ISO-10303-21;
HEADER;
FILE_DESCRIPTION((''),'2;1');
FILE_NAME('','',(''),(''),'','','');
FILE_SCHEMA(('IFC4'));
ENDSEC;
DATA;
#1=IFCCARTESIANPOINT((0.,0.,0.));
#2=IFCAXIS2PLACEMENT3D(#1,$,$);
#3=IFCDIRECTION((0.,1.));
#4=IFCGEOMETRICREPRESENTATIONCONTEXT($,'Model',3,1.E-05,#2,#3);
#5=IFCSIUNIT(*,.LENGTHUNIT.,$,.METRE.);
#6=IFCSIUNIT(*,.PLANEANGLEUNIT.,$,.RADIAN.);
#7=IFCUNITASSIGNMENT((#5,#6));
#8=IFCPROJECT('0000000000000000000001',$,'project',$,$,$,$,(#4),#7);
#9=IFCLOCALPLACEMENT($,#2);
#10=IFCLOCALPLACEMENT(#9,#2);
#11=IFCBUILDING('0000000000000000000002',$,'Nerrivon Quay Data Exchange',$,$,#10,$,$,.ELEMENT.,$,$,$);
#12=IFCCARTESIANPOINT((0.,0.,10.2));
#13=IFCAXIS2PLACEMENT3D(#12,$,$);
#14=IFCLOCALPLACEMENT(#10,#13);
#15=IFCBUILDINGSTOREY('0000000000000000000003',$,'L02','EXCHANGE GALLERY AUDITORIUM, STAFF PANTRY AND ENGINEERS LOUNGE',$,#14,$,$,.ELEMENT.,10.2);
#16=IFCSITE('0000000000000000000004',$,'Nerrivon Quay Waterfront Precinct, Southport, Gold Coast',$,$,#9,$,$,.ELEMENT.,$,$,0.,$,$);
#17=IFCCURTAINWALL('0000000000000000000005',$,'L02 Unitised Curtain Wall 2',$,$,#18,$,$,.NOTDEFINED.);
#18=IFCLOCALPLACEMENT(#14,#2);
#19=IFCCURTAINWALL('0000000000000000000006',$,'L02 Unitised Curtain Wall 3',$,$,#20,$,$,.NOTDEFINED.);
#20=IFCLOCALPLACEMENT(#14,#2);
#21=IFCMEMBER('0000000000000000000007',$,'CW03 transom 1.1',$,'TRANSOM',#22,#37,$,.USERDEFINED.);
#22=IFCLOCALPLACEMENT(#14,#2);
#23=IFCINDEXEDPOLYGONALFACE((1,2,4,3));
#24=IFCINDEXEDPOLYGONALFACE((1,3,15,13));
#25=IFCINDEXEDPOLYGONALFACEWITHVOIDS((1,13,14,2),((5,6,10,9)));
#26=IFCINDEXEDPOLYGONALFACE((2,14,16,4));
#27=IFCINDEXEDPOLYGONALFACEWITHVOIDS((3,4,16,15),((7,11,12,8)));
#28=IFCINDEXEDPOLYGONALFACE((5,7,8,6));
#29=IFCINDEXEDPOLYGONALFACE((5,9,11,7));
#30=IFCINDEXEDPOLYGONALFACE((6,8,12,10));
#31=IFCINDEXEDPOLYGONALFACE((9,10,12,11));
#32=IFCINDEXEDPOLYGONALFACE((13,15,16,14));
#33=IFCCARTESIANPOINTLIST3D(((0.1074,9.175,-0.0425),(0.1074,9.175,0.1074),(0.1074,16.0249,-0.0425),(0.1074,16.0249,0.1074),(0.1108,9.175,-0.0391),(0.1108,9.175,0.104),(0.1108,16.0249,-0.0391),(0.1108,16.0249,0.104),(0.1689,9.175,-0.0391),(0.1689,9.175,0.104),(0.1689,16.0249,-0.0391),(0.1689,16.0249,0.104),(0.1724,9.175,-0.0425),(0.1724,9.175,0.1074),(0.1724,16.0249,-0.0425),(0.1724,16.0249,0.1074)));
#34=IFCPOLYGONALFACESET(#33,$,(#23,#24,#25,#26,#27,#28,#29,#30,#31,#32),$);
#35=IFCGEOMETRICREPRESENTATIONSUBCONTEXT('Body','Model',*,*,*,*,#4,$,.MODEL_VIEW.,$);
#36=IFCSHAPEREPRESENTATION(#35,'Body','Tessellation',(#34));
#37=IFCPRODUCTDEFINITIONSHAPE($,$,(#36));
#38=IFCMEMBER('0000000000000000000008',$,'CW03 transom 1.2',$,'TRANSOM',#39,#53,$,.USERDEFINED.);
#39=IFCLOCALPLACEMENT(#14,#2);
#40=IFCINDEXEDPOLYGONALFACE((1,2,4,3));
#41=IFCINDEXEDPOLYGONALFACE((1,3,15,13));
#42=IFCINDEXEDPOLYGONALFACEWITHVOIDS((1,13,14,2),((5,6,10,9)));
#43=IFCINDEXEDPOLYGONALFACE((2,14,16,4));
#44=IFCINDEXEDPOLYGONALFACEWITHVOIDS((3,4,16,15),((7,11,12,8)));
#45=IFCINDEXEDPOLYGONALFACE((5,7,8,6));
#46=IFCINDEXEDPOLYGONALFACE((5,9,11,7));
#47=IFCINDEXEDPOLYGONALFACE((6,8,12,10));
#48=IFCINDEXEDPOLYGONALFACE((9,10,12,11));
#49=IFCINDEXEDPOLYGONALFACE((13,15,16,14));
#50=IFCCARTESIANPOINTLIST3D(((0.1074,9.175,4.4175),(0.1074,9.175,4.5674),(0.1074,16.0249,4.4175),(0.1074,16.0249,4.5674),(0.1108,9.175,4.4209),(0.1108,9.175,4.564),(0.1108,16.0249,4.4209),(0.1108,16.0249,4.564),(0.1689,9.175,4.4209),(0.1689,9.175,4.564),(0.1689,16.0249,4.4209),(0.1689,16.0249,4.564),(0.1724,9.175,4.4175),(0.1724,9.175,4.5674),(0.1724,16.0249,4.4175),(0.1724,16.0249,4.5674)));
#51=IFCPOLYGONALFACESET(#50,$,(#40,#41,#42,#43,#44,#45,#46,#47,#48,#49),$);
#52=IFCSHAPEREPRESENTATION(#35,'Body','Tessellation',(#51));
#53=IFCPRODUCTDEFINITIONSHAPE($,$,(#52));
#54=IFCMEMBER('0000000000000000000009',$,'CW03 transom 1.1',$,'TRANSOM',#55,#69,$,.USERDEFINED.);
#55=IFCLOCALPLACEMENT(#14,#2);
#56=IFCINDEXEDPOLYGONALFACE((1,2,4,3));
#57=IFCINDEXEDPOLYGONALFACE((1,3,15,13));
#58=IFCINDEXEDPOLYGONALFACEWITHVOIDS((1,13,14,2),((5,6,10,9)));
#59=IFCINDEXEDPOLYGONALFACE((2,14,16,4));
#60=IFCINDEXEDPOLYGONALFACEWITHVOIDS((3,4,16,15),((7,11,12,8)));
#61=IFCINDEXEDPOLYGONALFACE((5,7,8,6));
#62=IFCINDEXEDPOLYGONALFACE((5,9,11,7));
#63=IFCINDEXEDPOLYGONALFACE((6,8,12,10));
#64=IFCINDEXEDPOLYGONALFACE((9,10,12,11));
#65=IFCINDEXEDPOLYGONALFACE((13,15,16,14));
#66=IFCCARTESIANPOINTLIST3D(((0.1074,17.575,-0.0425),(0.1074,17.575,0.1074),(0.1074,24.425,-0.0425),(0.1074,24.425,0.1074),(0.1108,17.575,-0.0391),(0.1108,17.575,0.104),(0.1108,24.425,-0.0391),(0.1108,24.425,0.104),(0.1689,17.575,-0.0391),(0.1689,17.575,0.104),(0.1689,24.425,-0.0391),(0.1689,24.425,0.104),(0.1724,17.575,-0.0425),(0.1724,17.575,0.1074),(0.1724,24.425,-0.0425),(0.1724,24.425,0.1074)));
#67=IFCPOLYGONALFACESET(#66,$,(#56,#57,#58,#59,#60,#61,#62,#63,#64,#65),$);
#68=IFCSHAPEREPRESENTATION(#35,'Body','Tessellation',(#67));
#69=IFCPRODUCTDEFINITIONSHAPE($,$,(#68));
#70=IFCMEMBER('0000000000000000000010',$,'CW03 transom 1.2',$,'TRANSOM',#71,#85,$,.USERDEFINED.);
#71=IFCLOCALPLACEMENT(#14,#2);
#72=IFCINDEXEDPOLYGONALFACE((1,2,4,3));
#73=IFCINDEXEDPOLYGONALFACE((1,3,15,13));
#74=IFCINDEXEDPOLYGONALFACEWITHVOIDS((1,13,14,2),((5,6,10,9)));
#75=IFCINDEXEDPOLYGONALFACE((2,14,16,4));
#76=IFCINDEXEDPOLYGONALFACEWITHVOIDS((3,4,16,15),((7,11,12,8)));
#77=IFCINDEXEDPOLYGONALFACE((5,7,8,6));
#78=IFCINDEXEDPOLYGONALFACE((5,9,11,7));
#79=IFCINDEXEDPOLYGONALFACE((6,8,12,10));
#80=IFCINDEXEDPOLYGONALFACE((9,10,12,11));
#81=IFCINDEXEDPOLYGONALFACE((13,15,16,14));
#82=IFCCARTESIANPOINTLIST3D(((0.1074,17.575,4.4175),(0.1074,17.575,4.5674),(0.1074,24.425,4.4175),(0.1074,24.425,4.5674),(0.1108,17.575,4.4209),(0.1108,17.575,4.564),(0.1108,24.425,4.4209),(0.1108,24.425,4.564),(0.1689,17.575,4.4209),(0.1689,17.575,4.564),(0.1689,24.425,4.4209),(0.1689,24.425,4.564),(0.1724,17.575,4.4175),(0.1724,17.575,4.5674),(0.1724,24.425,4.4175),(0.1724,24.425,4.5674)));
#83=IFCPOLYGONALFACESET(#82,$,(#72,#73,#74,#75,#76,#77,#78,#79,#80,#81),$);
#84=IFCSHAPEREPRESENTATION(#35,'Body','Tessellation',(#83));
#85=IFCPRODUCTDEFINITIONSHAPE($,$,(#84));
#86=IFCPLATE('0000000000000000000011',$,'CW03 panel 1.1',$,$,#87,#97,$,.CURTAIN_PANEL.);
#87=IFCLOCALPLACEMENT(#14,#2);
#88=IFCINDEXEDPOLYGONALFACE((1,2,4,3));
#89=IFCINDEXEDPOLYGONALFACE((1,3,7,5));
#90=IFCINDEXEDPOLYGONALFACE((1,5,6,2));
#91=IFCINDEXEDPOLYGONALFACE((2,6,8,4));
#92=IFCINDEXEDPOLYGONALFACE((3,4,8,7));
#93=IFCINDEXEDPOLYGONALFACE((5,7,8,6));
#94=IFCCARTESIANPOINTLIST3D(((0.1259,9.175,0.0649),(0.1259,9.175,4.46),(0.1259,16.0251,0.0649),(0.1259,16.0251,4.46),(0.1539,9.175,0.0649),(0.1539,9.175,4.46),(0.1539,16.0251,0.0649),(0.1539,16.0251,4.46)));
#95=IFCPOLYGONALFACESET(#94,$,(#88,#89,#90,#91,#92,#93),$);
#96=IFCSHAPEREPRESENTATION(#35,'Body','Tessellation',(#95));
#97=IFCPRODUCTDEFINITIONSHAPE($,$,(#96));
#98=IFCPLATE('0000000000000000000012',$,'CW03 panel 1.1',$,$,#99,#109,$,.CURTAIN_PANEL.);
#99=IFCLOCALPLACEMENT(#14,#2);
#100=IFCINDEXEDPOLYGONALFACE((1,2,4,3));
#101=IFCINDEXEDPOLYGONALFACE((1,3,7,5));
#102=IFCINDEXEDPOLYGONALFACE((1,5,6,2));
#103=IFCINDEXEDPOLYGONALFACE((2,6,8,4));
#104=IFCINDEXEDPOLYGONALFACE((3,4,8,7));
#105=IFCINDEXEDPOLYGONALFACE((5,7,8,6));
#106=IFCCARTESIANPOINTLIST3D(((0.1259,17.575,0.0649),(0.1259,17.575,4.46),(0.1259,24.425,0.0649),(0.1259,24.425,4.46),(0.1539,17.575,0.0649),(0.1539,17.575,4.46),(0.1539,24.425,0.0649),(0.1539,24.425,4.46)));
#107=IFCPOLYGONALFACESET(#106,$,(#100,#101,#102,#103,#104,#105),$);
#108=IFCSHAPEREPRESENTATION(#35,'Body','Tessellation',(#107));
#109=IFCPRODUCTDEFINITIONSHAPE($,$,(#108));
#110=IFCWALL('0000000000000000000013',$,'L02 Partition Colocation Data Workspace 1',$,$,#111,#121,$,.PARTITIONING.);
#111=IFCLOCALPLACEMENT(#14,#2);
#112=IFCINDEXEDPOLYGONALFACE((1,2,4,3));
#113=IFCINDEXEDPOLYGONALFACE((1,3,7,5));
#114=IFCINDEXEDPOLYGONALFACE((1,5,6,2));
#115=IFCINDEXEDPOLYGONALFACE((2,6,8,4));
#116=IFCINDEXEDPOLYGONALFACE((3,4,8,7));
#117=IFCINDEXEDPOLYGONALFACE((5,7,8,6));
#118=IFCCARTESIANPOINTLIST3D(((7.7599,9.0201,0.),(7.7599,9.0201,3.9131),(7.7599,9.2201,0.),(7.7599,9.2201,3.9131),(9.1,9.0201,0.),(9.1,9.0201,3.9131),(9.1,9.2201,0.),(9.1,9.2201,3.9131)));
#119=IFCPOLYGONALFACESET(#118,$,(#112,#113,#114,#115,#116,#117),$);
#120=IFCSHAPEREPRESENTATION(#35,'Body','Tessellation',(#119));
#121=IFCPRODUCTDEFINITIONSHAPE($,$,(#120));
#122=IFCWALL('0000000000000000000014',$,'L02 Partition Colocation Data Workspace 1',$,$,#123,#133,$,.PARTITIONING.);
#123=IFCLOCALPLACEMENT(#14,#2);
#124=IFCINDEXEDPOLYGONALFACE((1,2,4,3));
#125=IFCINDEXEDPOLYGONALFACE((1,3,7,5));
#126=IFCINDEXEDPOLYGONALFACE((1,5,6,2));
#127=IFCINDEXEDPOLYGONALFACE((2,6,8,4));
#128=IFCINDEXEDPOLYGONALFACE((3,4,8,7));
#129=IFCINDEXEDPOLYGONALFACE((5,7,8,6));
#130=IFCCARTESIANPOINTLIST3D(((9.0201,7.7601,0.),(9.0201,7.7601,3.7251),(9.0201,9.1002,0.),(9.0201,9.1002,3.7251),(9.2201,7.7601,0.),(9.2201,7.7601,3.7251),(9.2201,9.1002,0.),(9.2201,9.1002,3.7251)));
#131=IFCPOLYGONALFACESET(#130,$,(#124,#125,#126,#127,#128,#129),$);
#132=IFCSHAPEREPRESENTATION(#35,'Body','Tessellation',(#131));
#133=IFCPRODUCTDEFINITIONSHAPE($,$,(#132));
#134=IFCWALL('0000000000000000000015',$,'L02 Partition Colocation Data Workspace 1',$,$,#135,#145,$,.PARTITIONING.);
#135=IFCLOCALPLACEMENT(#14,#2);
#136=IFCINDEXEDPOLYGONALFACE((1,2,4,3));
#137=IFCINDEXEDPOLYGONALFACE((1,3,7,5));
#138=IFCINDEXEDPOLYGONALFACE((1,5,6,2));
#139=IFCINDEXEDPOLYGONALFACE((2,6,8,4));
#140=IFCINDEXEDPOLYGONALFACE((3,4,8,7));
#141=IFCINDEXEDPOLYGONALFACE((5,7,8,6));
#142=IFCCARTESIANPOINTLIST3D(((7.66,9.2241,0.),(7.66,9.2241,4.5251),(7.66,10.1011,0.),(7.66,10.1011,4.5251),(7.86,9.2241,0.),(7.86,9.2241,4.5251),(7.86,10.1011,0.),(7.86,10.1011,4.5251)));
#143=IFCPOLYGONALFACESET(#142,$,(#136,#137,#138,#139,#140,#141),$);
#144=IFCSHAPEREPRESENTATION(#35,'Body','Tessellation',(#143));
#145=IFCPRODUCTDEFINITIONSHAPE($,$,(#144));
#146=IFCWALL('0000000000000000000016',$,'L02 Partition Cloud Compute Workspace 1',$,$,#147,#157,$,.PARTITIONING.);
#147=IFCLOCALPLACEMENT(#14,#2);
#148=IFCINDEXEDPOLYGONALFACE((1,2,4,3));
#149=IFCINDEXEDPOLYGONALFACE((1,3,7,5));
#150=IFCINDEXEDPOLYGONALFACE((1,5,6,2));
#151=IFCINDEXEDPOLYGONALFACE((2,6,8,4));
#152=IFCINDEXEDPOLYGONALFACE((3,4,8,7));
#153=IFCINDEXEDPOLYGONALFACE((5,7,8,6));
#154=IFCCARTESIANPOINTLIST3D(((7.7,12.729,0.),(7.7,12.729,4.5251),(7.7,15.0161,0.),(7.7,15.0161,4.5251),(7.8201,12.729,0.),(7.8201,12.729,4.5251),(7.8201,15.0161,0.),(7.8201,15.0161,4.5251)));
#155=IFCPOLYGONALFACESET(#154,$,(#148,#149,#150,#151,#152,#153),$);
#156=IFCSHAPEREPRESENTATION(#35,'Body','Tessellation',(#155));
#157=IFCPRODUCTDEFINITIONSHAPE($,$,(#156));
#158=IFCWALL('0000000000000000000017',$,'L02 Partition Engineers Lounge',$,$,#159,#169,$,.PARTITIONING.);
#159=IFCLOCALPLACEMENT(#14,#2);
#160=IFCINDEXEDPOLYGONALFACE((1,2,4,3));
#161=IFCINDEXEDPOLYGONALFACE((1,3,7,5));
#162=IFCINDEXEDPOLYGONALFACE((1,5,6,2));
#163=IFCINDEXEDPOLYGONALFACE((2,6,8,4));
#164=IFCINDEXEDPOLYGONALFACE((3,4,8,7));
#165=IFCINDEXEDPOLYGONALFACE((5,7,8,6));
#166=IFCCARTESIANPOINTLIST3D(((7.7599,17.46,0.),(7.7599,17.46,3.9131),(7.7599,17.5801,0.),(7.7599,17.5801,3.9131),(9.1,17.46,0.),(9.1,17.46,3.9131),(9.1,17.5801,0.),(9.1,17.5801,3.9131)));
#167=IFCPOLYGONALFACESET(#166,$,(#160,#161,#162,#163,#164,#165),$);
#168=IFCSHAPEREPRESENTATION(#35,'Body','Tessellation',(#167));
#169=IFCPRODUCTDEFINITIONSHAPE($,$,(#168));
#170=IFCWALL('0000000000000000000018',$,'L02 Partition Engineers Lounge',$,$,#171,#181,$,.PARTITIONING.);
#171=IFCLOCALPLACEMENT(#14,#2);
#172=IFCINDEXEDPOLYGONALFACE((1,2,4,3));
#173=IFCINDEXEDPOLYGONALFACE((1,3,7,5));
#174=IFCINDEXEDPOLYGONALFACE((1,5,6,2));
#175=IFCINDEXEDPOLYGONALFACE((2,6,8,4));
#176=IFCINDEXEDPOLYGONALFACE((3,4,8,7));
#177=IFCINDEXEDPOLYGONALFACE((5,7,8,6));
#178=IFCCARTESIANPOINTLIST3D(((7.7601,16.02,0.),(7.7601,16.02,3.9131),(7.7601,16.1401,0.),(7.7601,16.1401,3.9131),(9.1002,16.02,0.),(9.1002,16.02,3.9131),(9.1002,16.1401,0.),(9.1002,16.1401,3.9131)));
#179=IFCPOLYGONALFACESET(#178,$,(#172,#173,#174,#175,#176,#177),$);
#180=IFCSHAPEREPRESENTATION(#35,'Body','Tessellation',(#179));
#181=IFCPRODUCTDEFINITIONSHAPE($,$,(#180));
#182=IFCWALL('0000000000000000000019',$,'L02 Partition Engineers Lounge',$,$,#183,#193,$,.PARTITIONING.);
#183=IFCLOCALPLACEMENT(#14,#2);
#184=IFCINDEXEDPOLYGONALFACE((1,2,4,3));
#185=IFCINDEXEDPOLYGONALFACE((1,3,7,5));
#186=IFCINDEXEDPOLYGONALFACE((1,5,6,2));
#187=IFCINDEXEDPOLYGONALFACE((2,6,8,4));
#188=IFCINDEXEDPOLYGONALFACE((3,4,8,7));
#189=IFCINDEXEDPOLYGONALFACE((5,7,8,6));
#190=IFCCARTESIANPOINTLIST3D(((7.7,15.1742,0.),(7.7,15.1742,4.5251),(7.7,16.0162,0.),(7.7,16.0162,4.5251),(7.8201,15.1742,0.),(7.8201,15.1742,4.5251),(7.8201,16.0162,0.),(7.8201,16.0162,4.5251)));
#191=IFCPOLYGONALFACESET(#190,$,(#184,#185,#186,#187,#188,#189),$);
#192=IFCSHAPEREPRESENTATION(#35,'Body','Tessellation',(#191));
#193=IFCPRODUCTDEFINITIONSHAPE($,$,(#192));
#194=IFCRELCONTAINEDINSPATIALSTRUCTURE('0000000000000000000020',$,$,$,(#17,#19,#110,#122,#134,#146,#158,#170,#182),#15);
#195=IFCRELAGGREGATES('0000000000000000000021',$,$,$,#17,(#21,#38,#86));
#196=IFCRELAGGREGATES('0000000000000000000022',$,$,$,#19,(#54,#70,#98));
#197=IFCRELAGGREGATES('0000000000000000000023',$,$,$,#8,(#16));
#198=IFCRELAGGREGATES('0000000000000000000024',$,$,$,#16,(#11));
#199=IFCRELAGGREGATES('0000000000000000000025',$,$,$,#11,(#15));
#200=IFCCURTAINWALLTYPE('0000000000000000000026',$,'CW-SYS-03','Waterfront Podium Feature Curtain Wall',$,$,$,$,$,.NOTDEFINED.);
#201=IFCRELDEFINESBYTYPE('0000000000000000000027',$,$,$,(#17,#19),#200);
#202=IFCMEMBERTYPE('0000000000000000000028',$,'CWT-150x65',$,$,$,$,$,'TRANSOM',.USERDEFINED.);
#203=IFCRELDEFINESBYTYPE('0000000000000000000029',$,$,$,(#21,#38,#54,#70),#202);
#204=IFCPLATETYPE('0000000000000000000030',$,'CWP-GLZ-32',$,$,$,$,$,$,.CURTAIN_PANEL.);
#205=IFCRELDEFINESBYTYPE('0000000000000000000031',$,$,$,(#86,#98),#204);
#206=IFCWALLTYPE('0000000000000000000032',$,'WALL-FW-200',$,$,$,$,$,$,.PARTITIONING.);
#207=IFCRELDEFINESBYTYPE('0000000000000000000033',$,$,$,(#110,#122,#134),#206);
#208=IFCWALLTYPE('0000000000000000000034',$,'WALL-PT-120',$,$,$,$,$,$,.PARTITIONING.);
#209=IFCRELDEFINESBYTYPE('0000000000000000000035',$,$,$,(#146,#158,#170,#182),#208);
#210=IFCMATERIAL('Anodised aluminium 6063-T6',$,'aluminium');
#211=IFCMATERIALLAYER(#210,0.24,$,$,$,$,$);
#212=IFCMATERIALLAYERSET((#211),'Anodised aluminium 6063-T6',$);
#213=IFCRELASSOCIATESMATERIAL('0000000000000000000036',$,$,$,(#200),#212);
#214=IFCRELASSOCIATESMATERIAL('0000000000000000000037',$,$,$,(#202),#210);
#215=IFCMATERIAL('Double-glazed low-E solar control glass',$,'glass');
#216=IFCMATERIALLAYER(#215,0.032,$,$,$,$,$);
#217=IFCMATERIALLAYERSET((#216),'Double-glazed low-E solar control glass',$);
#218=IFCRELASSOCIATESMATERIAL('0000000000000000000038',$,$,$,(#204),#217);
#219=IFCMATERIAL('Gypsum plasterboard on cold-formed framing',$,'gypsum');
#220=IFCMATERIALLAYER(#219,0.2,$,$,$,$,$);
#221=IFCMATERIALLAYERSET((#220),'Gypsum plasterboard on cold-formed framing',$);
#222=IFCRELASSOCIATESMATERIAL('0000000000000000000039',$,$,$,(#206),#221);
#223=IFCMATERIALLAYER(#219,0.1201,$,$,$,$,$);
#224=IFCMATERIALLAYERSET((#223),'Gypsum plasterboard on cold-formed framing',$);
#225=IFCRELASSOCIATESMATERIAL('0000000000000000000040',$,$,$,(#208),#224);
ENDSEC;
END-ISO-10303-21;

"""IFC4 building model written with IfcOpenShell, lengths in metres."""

from ifc_helpers import new_model, si_unit, direction, frame, frame_2d, origin, origin_2d, place, context, subcontext, project, spatial, rectangle, hollow_rectangle, extrude, material, layer, layer_set, material_profile, profile_set, type_object, element, aggregate, save


model = new_model("IFC4")

# Units and contexts
model_context = context("Model", 3, precision=1e-05, world=origin(), true_north=direction((0.0, 1.0)))
body_context = subcontext(model_context, "Body", "Model", "MODEL_VIEW")
ifc_project = project(units=[si_unit("LENGTHUNIT", "METRE"), si_unit("PLANEANGLEUNIT", "RADIAN")], contexts=[model_context])

# Site, building, storey
site_placement = place(None, origin())
site = spatial("IfcSite", under=ifc_project, at=site_placement, Name="Nerrivon Quay Waterfront Precinct, Southport, Gold Coast", CompositionType="ELEMENT", RefElevation=0.0)
building_placement = place(site_placement, origin())
building = spatial("IfcBuilding", under=site, at=building_placement, Name="Nerrivon Quay Data Exchange", CompositionType="ELEMENT")
storey_placement = place(building_placement, frame((0.0, 0.0, 10.2)))
storey = spatial("IfcBuildingStorey", under=building, at=storey_placement, Name="L02", Description="EXCHANGE GALLERY AUDITORIUM, STAFF PANTRY AND ENGINEERS LOUNGE", CompositionType="ELEMENT", Elevation=10.2)

# Curtain wall
ifc_material_1 = material(Name="Anodised aluminium 6063-T6", Category="aluminium")
ifc_layer_1 = layer(ifc_material_1, 0.24)
ifc_layer_set_1 = layer_set([ifc_layer_1], Name="Anodised aluminium 6063-T6")
curtain_wall_type = type_object("IfcCurtainWallType", Name="CW-SYS-03", Description="Waterfront Podium Feature Curtain Wall", PredefinedType="NOTDEFINED", material=ifc_layer_set_1)
curtain_wall_1_placement = place(storey_placement, origin())
curtain_wall_1 = element("IfcCurtainWall", 1, at=curtain_wall_1_placement, inside=storey, type_object=curtain_wall_type, Name="L02 Unitised Curtain Wall 2", PredefinedType="NOTDEFINED")

# Curtain wall
curtain_wall_2_placement = place(storey_placement, origin())
curtain_wall_2 = element("IfcCurtainWall", 2, at=curtain_wall_2_placement, inside=storey, type_object=curtain_wall_type, Name="L02 Unitised Curtain Wall 3", PredefinedType="NOTDEFINED")

# Members
ifc_material_profile_1 = material_profile(ifc_material_1, hollow_rectangle(XDim=0.0649, YDim=0.1499, WallThickness=0.0034, at=origin_2d()), Name="ALU-TRAN-150x65")
ifc_profile_set_1 = profile_set([ifc_material_profile_1], Name="Anodised aluminium 6063-T6")
member_type_1 = type_object("IfcMemberType", Name="CWT-150x65", ElementType="TRANSOM", PredefinedType="USERDEFINED", material=ifc_profile_set_1)
member_1_placement = place(storey_placement, frame((0.1399, 9.175, 0.0325), z_axis=(0.0, 1.0, 0.0), x_axis=(-1.0, 0.0, 0.0)))
member_1 = element("IfcMember", 3, at=member_1_placement, type_object=member_type_1, Name="CW03 transom 1.1", ObjectType="TRANSOM", PredefinedType="USERDEFINED", context=body_context, shape_type="SweptSolid", body=[
    extrude(hollow_rectangle(XDim=0.0649, YDim=0.1499, WallThickness=0.0034, at=origin_2d()), origin(), (0.0, 0.0, 1.0), 6.8499),
])
member_2_placement = place(storey_placement, frame((0.1399, 9.175, 4.4924), z_axis=(0.0, 1.0, 0.0), x_axis=(-1.0, 0.0, 0.0)))
member_2 = element("IfcMember", 4, at=member_2_placement, type_object=member_type_1, Name="CW03 transom 1.2", ObjectType="TRANSOM", PredefinedType="USERDEFINED", context=body_context, shape_type="SweptSolid", body=[
    extrude(hollow_rectangle(XDim=0.0649, YDim=0.1499, WallThickness=0.0034, at=origin_2d()), origin(), (0.0, 0.0, 1.0), 6.8499),
])
member_3_placement = place(storey_placement, frame((0.1399, 17.575, 0.0325), z_axis=(0.0, 1.0, 0.0), x_axis=(-1.0, 0.0, 0.0)))
member_3 = element("IfcMember", 5, at=member_3_placement, type_object=member_type_1, Name="CW03 transom 1.1", ObjectType="TRANSOM", PredefinedType="USERDEFINED", context=body_context, shape_type="SweptSolid", body=[
    extrude(hollow_rectangle(XDim=0.0649, YDim=0.1499, WallThickness=0.0034, at=origin_2d()), origin(), (0.0, 0.0, 1.0), 6.8501),
])
member_4_placement = place(storey_placement, frame((0.1399, 17.575, 4.4924), z_axis=(0.0, 1.0, 0.0), x_axis=(-1.0, 0.0, 0.0)))
member_4 = element("IfcMember", 6, at=member_4_placement, type_object=member_type_1, Name="CW03 transom 1.2", ObjectType="TRANSOM", PredefinedType="USERDEFINED", context=body_context, shape_type="SweptSolid", body=[
    extrude(hollow_rectangle(XDim=0.0649, YDim=0.1499, WallThickness=0.0034, at=origin_2d()), origin(), (0.0, 0.0, 1.0), 6.8501),
])

# Plates
ifc_material_2 = material(Name="Double-glazed low-E solar control glass", Category="glass")
ifc_layer_2 = layer(ifc_material_2, 0.032)
ifc_layer_set_2 = layer_set([ifc_layer_2], Name="Double-glazed low-E solar control glass")
plate_type = type_object("IfcPlateType", Name="CWP-GLZ-32", PredefinedType="CURTAIN_PANEL", material=ifc_layer_set_2)
plate_1_placement = place(storey_placement, frame((0.1399, 12.6001, 0.0649), z_axis=(0.0, 0.0, 1.0), x_axis=(0.0, 1.0, 0.0)))
plate_1 = element("IfcPlate", 7, at=plate_1_placement, type_object=plate_type, Name="CW03 panel 1.1", PredefinedType="CURTAIN_PANEL", context=body_context, shape_type="SweptSolid", body=[
    extrude(rectangle(XDim=6.8501, YDim=0.0281, at=origin_2d()), origin(), (0.0, 0.0, 1.0), 4.395),
])
aggregate(curtain_wall_1, [member_1, member_2, plate_1])
plate_2_placement = place(storey_placement, frame((0.1399, 21.0, 0.0649), z_axis=(0.0, 0.0, 1.0), x_axis=(0.0, 1.0, 0.0)))
plate_2 = element("IfcPlate", 8, at=plate_2_placement, type_object=plate_type, Name="CW03 panel 1.1", PredefinedType="CURTAIN_PANEL", context=body_context, shape_type="SweptSolid", body=[
    extrude(rectangle(XDim=6.8501, YDim=0.0281, at=origin_2d()), origin(), (0.0, 0.0, 1.0), 4.395),
])
aggregate(curtain_wall_2, [member_3, member_4, plate_2])

# Walls
ifc_material_3 = material(Name="Gypsum plasterboard on cold-formed framing", Category="gypsum")
ifc_layer_3 = layer(ifc_material_3, 0.2)
ifc_layer_set_3 = layer_set([ifc_layer_3], Name="Gypsum plasterboard on cold-formed framing")
wall_type_1 = type_object("IfcWallType", Name="WALL-FW-200", PredefinedType="PARTITIONING", material=ifc_layer_set_3)
wall_1_placement = place(storey_placement, frame((7.76, 9.1201, 0.0), z_axis=(0.0, 0.0, 1.0), x_axis=(1.0, 0.0, 0.0)))
element("IfcWall", 9, at=wall_1_placement, inside=storey, type_object=wall_type_1, Name="L02 Partition Colocation Data Workspace 1", PredefinedType="PARTITIONING", context=body_context, shape_type="SweptSolid", body=[
    extrude(rectangle(XDim=1.3401, YDim=0.2, at=frame_2d((0.6699, 0.0))), origin(), (0.0, 0.0, 1.0), 3.9131),
])
wall_2_placement = place(storey_placement, frame((9.1201, 9.1001, 0.0), z_axis=(0.0, 0.0, 1.0), x_axis=(0.0, -1.0, 0.0)))
element("IfcWall", 10, at=wall_2_placement, inside=storey, type_object=wall_type_1, Name="L02 Partition Colocation Data Workspace 1", PredefinedType="PARTITIONING", context=body_context, shape_type="SweptSolid", body=[
    extrude(rectangle(XDim=1.3401, YDim=0.2, at=frame_2d((0.6699, 0.0))), origin(), (0.0, 0.0, 1.0), 3.7251),
])
wall_3_placement = place(storey_placement, frame((7.76, 10.1011, 0.0), z_axis=(0.0, 0.0, 1.0), x_axis=(0.0, -1.0, 0.0)))
element("IfcWall", 11, at=wall_3_placement, inside=storey, type_object=wall_type_1, Name="L02 Partition Colocation Data Workspace 1", PredefinedType="PARTITIONING", context=body_context, shape_type="SweptSolid", body=[
    extrude(rectangle(XDim=0.877, YDim=0.2, at=frame_2d((0.4385, 0.0))), origin(), (0.0, 0.0, 1.0), 4.5251),
])
ifc_layer_4 = layer(ifc_material_3, 0.1201)
ifc_layer_set_4 = layer_set([ifc_layer_4], Name="Gypsum plasterboard on cold-formed framing")
wall_type_2 = type_object("IfcWallType", Name="WALL-PT-120", PredefinedType="PARTITIONING", material=ifc_layer_set_4)
wall_4_placement = place(storey_placement, frame((7.76, 15.0161, 0.0), z_axis=(0.0, 0.0, 1.0), x_axis=(0.0, -1.0, 0.0)))
element("IfcWall", 12, at=wall_4_placement, inside=storey, type_object=wall_type_2, Name="L02 Partition Cloud Compute Workspace 1", PredefinedType="PARTITIONING", context=body_context, shape_type="SweptSolid", body=[
    extrude(rectangle(XDim=2.2871, YDim=0.1201, at=frame_2d((1.1436, 0.0))), origin(), (0.0, 0.0, 1.0), 4.5251),
])
for number, where, z_axis, x_axis, name in (
    (13, (7.76, 17.52, 0.0), (0.0, 0.0, 1.0), (1.0, 0.0, 0.0), "L02 Partition Engineers Lounge"),
    (14, (9.1001, 16.0801, 0.0), (0.0, 0.0, 1.0), (-1.0, 0.0, 0.0), "L02 Partition Engineers Lounge"),
):
    element("IfcWall", number, at=place(storey_placement, frame(where, z_axis=z_axis, x_axis=x_axis)), inside=storey, type_object=wall_type_2, Name=name, PredefinedType="PARTITIONING", context=body_context, shape_type="SweptSolid", body=[
        extrude(rectangle(XDim=1.3401, YDim=0.1201, at=frame_2d((0.6699, 0.0))), origin(), (0.0, 0.0, 1.0), 3.9131),
    ])
wall_5_placement = place(storey_placement, frame((7.76, 16.0161, 0.0), z_axis=(0.0, 0.0, 1.0), x_axis=(0.0, -1.0, 0.0)))
element("IfcWall", 15, at=wall_5_placement, inside=storey, type_object=wall_type_2, Name="L02 Partition Engineers Lounge", PredefinedType="PARTITIONING", context=body_context, shape_type="SweptSolid", body=[
    extrude(rectangle(XDim=0.842, YDim=0.1201, at=frame_2d((0.4209, 0.0))), origin(), (0.0, 0.0, 1.0), 4.5251),
])

save(model, "model.ifc")
